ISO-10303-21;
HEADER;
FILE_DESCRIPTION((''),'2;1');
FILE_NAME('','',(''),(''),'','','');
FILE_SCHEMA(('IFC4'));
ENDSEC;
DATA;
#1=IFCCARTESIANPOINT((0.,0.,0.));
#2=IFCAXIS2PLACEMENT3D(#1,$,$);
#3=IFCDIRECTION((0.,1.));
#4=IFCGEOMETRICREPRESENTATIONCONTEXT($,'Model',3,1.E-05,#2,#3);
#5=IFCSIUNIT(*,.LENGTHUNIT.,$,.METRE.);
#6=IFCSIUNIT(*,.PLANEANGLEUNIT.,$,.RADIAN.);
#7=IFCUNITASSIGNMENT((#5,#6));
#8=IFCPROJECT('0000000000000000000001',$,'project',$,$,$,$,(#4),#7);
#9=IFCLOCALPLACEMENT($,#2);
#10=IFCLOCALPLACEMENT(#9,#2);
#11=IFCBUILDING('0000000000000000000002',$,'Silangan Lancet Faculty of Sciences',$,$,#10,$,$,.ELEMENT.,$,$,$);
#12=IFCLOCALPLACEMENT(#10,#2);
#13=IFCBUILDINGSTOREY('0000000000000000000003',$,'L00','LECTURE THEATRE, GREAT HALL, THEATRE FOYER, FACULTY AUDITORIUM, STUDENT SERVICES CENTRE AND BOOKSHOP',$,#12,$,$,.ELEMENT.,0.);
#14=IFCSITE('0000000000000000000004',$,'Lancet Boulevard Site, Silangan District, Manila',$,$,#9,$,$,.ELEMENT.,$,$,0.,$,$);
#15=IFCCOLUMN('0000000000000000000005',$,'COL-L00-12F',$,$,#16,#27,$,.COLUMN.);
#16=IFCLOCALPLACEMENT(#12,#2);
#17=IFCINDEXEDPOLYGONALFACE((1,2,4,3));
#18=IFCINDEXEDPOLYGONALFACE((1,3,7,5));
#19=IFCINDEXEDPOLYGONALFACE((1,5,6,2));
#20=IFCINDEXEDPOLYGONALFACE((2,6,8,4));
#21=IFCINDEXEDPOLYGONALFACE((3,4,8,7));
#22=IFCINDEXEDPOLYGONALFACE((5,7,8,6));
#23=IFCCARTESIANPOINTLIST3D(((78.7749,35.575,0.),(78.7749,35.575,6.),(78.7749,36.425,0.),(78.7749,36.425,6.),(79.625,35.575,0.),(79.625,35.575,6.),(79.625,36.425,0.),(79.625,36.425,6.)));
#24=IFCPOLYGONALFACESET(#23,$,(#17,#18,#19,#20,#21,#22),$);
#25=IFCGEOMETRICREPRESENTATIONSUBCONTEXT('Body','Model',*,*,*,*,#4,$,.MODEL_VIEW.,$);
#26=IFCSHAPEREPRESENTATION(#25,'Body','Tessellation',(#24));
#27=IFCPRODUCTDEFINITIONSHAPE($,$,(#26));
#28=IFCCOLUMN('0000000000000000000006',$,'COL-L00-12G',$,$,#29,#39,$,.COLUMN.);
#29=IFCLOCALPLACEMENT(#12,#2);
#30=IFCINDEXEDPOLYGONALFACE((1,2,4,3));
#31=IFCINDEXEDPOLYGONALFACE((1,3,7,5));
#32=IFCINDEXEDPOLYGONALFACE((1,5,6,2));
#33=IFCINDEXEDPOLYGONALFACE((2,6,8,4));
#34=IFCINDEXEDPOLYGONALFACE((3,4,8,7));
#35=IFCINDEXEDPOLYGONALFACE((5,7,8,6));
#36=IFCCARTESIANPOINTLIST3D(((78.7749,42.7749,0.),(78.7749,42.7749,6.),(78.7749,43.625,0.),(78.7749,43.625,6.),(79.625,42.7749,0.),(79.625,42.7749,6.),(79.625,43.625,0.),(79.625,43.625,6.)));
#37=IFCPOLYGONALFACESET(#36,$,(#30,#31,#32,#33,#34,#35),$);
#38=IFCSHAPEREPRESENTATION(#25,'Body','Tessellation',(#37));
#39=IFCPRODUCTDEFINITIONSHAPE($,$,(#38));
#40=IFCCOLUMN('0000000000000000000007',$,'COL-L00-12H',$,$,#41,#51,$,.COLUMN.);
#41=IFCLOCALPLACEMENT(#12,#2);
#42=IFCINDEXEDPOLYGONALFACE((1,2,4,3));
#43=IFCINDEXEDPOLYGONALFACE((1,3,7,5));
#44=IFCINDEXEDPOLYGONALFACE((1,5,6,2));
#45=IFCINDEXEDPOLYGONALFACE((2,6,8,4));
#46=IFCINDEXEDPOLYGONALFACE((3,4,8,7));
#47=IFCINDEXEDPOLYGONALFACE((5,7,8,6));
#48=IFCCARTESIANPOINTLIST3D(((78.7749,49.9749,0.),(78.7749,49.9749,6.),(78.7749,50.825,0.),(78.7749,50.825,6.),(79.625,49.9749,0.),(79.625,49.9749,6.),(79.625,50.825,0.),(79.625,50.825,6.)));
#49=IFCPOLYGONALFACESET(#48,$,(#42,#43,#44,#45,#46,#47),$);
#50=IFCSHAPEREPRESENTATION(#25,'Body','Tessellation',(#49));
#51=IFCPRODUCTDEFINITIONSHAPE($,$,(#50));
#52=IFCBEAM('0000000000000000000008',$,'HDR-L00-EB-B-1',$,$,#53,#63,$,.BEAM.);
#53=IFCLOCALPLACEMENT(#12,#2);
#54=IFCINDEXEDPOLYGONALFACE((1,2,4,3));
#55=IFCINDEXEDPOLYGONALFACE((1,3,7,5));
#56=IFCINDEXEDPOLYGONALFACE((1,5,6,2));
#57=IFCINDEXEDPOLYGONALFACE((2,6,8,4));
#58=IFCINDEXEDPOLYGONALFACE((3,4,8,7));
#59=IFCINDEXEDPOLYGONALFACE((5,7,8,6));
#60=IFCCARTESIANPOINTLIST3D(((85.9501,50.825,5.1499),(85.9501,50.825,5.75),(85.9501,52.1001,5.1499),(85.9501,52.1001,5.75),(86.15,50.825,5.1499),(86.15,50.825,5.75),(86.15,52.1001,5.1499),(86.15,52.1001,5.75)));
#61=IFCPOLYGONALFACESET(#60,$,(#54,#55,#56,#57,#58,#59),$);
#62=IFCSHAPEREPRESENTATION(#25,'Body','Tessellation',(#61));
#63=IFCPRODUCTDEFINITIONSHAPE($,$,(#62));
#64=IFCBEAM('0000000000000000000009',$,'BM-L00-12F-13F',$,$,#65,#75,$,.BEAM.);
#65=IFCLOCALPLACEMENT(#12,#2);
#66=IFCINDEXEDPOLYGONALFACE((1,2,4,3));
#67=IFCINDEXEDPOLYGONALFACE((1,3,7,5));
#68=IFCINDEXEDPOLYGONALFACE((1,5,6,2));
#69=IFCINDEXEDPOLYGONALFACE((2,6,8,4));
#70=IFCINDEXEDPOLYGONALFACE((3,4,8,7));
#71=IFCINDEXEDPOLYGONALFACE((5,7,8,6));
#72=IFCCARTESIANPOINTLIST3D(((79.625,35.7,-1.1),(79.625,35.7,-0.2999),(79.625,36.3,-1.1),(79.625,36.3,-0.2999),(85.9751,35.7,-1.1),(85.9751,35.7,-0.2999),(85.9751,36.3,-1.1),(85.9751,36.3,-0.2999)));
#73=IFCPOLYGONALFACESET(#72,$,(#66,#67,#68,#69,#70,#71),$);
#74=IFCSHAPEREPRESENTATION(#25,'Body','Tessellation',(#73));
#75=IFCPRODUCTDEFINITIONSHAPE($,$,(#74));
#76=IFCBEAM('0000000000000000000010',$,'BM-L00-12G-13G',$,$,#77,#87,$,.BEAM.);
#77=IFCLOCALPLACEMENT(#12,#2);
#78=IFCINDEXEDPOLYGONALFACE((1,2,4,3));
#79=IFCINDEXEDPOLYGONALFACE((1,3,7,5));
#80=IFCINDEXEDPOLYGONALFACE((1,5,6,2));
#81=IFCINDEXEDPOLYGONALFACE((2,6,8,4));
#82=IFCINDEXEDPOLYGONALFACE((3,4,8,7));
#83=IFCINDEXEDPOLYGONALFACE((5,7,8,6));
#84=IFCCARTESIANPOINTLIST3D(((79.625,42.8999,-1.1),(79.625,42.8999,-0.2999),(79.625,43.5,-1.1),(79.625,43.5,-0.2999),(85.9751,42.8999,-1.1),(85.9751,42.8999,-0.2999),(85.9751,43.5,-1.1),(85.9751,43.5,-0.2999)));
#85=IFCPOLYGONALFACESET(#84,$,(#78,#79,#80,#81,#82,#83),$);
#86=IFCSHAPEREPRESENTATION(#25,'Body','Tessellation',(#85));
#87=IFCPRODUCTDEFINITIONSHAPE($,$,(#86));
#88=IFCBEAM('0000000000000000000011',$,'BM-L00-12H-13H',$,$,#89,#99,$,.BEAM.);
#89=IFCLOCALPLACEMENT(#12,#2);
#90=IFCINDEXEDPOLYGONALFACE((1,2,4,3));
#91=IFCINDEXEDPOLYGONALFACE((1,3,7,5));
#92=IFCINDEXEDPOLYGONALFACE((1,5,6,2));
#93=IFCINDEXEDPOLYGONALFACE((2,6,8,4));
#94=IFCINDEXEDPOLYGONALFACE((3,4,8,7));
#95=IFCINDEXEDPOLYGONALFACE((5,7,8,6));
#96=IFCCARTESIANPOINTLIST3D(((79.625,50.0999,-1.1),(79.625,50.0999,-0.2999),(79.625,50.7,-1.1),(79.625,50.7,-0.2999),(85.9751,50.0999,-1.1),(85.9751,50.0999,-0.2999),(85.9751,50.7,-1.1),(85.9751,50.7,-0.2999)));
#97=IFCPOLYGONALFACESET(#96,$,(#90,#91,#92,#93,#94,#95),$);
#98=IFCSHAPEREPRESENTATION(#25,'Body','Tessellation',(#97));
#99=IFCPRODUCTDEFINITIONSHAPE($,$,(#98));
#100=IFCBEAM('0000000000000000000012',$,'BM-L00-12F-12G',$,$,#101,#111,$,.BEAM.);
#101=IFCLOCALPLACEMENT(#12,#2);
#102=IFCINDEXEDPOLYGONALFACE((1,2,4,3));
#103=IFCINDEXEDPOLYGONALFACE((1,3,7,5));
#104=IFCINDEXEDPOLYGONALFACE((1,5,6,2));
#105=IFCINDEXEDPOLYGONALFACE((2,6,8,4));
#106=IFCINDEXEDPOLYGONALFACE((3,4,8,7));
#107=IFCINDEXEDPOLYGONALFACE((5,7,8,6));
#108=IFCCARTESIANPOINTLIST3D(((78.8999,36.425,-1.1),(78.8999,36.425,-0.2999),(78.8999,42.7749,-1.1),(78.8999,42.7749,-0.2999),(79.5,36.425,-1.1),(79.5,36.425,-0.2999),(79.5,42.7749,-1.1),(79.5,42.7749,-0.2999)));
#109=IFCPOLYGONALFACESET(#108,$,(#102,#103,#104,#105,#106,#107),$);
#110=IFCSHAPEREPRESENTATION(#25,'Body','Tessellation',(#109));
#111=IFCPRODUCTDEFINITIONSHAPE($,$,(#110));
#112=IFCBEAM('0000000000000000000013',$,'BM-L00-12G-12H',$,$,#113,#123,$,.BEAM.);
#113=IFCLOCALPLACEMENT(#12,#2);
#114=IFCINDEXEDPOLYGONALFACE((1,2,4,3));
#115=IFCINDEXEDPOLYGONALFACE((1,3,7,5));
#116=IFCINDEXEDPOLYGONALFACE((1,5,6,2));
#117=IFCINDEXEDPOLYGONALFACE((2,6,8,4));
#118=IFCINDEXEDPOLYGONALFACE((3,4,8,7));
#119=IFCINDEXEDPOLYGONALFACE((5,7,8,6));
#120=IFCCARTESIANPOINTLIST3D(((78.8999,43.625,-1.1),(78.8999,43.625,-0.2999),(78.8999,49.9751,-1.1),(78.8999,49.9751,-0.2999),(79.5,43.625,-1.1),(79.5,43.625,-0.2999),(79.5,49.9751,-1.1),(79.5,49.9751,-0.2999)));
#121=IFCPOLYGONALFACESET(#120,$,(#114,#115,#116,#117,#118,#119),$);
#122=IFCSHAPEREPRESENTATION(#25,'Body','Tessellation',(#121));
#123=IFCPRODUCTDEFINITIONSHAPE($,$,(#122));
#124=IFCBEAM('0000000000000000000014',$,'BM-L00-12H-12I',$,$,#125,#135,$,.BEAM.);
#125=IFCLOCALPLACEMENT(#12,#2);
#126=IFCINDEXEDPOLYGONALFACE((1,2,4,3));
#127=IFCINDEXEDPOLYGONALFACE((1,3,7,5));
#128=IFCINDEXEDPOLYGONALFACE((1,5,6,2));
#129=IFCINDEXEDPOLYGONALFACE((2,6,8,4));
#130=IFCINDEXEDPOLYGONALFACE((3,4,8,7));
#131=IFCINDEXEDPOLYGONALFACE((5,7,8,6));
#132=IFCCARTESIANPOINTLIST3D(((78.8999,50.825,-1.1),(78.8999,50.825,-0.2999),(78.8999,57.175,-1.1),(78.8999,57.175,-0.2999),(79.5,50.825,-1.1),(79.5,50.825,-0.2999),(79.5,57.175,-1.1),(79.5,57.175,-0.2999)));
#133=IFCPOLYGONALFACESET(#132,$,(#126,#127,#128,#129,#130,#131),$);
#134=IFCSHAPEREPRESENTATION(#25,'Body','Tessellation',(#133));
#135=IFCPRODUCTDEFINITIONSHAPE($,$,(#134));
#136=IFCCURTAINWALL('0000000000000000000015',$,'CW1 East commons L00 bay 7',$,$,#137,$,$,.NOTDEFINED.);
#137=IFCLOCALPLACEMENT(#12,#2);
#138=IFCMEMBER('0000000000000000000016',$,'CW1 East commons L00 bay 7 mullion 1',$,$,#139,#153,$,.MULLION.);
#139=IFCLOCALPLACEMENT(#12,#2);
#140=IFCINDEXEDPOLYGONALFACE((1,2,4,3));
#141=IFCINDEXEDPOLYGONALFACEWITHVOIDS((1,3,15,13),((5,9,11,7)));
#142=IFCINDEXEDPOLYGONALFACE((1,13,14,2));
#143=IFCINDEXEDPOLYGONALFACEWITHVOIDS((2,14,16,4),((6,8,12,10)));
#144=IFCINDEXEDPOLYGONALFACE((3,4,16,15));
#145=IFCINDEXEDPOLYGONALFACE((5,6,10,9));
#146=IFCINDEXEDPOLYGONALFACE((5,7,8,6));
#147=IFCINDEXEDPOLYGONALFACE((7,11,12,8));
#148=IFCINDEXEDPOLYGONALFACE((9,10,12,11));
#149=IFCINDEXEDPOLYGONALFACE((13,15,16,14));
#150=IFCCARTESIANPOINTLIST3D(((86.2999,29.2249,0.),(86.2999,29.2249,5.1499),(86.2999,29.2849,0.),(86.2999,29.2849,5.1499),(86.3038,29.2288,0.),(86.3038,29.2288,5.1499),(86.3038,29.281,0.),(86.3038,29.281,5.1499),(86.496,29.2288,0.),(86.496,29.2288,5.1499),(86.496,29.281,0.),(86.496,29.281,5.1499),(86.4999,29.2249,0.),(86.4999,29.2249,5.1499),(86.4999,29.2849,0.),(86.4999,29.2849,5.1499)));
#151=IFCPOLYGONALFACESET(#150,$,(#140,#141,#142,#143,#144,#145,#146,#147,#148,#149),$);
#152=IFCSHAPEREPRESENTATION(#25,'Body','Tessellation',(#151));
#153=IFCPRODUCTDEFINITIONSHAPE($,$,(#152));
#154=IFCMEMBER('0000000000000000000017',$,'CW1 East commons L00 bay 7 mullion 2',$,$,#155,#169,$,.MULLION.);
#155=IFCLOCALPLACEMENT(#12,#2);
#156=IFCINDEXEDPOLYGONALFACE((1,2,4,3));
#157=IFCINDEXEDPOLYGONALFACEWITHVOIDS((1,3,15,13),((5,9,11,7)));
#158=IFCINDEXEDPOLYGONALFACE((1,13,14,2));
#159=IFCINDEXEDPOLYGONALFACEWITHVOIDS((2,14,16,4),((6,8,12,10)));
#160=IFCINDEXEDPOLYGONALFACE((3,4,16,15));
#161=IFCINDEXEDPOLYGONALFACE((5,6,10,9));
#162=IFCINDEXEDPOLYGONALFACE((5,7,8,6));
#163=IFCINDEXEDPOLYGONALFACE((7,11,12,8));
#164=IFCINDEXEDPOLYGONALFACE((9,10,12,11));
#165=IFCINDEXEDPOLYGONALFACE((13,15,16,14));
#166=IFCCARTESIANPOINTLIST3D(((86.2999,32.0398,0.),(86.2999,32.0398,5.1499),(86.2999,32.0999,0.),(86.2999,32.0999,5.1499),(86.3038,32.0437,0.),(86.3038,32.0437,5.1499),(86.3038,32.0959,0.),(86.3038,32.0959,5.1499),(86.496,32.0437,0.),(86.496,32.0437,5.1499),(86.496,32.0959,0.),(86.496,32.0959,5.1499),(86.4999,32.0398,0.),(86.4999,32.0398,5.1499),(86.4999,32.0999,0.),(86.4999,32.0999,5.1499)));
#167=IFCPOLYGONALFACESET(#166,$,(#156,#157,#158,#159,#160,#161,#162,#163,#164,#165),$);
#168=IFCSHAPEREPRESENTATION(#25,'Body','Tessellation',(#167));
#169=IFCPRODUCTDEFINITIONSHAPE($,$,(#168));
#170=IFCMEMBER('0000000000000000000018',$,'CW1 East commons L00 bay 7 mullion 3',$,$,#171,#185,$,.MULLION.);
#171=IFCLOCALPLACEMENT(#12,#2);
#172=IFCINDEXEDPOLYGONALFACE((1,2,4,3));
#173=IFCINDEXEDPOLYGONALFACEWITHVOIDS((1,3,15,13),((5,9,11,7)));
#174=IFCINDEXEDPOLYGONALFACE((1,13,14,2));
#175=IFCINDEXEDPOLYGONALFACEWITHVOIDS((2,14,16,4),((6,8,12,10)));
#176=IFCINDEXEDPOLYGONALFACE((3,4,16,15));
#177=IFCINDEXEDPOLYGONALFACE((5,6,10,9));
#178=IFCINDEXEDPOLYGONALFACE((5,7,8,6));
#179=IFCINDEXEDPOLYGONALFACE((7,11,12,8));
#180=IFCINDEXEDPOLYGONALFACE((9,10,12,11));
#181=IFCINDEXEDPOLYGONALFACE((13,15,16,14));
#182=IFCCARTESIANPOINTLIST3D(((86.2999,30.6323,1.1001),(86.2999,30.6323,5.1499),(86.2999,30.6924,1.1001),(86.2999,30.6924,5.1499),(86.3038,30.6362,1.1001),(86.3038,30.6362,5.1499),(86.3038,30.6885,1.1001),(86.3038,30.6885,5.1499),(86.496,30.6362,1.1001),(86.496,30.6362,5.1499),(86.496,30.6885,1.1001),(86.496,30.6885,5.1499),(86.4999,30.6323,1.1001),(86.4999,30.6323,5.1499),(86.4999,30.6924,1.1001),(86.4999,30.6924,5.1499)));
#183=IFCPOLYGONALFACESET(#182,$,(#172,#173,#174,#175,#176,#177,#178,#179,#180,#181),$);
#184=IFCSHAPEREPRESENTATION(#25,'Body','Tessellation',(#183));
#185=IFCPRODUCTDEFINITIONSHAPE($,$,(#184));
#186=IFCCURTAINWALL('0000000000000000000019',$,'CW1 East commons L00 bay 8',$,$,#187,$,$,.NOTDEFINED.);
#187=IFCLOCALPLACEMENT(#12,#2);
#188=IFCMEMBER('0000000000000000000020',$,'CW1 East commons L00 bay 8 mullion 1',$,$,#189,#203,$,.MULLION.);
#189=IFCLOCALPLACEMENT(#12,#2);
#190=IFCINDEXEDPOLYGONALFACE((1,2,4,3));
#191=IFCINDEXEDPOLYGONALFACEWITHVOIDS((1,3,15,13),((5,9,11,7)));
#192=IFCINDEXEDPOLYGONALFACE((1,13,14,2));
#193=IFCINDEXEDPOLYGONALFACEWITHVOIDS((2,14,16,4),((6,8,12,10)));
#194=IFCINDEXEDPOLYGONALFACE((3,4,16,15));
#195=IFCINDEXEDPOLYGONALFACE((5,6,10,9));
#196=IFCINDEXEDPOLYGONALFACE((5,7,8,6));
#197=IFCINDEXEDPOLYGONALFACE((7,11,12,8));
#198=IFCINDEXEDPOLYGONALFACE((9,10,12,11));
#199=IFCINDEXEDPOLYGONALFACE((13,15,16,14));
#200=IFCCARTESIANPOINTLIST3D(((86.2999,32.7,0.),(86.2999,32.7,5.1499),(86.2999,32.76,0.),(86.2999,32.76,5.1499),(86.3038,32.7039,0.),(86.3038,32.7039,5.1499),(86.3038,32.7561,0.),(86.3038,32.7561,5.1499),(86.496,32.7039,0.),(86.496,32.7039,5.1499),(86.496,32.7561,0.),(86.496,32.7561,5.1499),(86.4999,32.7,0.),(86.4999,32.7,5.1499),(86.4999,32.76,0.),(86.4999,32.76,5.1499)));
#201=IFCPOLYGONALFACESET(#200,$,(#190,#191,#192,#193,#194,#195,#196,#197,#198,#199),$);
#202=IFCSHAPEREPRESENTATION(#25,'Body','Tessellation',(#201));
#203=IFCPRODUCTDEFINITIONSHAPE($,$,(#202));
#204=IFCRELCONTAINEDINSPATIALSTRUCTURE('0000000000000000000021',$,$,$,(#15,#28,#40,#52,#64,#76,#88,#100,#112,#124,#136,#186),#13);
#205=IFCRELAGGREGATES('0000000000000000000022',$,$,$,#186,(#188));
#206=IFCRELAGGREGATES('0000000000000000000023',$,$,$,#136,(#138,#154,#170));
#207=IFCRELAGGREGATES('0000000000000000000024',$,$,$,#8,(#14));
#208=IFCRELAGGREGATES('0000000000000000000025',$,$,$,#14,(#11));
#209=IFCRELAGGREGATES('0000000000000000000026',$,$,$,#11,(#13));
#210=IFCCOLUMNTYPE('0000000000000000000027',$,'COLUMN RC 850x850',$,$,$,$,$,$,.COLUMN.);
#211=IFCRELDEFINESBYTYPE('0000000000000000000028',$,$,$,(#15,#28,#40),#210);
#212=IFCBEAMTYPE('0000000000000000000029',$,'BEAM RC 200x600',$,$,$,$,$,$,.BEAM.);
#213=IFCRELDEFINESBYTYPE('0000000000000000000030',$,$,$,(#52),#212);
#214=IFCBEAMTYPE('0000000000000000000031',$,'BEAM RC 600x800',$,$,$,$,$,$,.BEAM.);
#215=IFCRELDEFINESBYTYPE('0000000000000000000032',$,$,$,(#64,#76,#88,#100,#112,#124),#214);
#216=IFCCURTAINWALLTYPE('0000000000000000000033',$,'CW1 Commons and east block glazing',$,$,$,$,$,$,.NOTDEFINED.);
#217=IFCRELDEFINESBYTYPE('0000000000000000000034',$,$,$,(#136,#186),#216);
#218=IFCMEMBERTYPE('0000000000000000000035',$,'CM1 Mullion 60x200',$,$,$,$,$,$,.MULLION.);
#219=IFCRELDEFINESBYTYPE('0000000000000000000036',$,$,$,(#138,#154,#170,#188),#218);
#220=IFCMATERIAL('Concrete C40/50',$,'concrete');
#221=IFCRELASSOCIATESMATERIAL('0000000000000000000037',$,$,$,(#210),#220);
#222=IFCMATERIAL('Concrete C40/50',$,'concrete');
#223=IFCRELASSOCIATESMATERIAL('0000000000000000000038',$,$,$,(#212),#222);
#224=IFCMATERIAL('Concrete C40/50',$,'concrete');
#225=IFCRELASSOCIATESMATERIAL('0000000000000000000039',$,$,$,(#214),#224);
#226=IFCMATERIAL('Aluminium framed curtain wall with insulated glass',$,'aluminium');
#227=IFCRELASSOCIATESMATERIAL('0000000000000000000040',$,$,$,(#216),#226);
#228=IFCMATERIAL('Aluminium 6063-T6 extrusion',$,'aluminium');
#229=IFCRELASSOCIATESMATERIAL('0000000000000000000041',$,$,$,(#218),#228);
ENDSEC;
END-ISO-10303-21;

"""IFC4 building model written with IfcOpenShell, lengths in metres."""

from ifc_helpers import new_model, si_unit, direction, frame, origin, origin_2d, place, context, subcontext, project, spatial, rectangle, hollow_rectangle, extrude, material, material_profile, profile_set, type_object, element, aggregate, save


model = new_model("IFC4")

# Units and contexts
model_context = context("Model", 3, precision=1e-05, world=origin(), true_north=direction((0.0, 1.0)))
body_context = subcontext(model_context, "Body", "Model", "MODEL_VIEW")
ifc_project = project(units=[si_unit("LENGTHUNIT", "METRE"), si_unit("PLANEANGLEUNIT", "RADIAN")], contexts=[model_context])

# Site, building, storey
site_placement = place(None, origin())
site = spatial("IfcSite", under=ifc_project, at=site_placement, Name="Lancet Boulevard Site, Silangan District, Manila", CompositionType="ELEMENT", RefElevation=0.0)
building_placement = place(site_placement, origin())
building = spatial("IfcBuilding", under=site, at=building_placement, Name="Silangan Lancet Faculty of Sciences", CompositionType="ELEMENT")
storey_placement = place(building_placement, origin())
storey = spatial("IfcBuildingStorey", under=building, at=storey_placement, Name="L00", Description="LECTURE THEATRE, GREAT HALL, THEATRE FOYER, FACULTY AUDITORIUM, STUDENT SERVICES CENTRE AND BOOKSHOP", CompositionType="ELEMENT", Elevation=0.0)

# Columns
ifc_material_1 = material(Name="Concrete C40/50", Category="concrete")
ifc_material_profile_1 = material_profile(ifc_material_1, rectangle(XDim=0.8501, YDim=0.8501, at=origin_2d()), Name="RC 850x850")
ifc_profile_set_1 = profile_set([ifc_material_profile_1], Name="Concrete C40/50")
column_type = type_object("IfcColumnType", Name="COLUMN RC 850x850", PredefinedType="COLUMN", material=ifc_profile_set_1)
for number, where, z_axis, x_axis, name in (
    (1, (79.2, 36.0, 0.0), (0.0, 0.0, 1.0), (1.0, 0.0, 0.0), "COL-L00-12F"),
    (2, (79.2, 43.2, 0.0), (0.0, 0.0, 1.0), (1.0, 0.0, 0.0), "COL-L00-12G"),
    (3, (79.2, 50.3999, 0.0), (0.0, 0.0, 1.0), (1.0, 0.0, 0.0), "COL-L00-12H"),
):
    element("IfcColumn", number, at=place(storey_placement, frame(where, z_axis=z_axis, x_axis=x_axis)), inside=storey, type_object=column_type, Name=name, PredefinedType="COLUMN", context=body_context, shape_type="SweptSolid", body=[
        extrude(rectangle(XDim=0.8501, YDim=0.8501, at=origin_2d()), origin(), (0.0, 0.0, 1.0), 6.0),
    ])

# Beams
ifc_material_2 = material(Name="Concrete C40/50", Category="concrete")
ifc_material_profile_2 = material_profile(ifc_material_2, rectangle(XDim=0.2, YDim=0.6001, at=origin_2d()), Name="RC 200x600")
ifc_profile_set_2 = profile_set([ifc_material_profile_2], Name="Concrete C40/50")
beam_type_1 = type_object("IfcBeamType", Name="BEAM RC 200x600", PredefinedType="BEAM", material=ifc_profile_set_2)
beam_1_placement = place(storey_placement, frame((86.05, 50.825, 5.45), z_axis=(0.0, 1.0, 0.0), x_axis=(-1.0, 0.0, 0.0)))
element("IfcBeam", 4, at=beam_1_placement, inside=storey, type_object=beam_type_1, Name="HDR-L00-EB-B-1", PredefinedType="BEAM", context=body_context, shape_type="SweptSolid", body=[
    extrude(rectangle(XDim=0.2, YDim=0.6001, at=origin_2d()), origin(), (0.0, 0.0, 1.0), 1.2751),
])
ifc_material_3 = material(Name="Concrete C40/50", Category="concrete")
ifc_material_profile_3 = material_profile(ifc_material_3, rectangle(XDim=0.6001, YDim=0.8, at=origin_2d()), Name="RC 600x800")
ifc_profile_set_3 = profile_set([ifc_material_profile_3], Name="Concrete C40/50")
beam_type_2 = type_object("IfcBeamType", Name="BEAM RC 600x800", PredefinedType="BEAM", material=ifc_profile_set_3)
for number, where, z_axis, x_axis, name in (
    (5, (79.625, 36.0, -0.7), (1.0, 0.0, 0.0), (0.0, 1.0, 0.0), "BM-L00-12F-13F"),
    (6, (79.625, 43.2, -0.7), (1.0, 0.0, 0.0), (0.0, 1.0, 0.0), "BM-L00-12G-13G"),
    (7, (79.625, 50.3999, -0.7), (1.0, 0.0, 0.0), (0.0, 1.0, 0.0), "BM-L00-12H-13H"),
):
    element("IfcBeam", number, at=place(storey_placement, frame(where, z_axis=z_axis, x_axis=x_axis)), inside=storey, type_object=beam_type_2, Name=name, PredefinedType="BEAM", context=body_context, shape_type="SweptSolid", body=[
        extrude(rectangle(XDim=0.6001, YDim=0.8, at=origin_2d()), origin(), (0.0, 0.0, 1.0), 6.3501),
    ])
beam_2_placement = place(storey_placement, frame((79.2, 36.425, -0.7), z_axis=(0.0, 1.0, 0.0), x_axis=(-1.0, 0.0, 0.0)))
element("IfcBeam", 8, at=beam_2_placement, inside=storey, type_object=beam_type_2, Name="BM-L00-12F-12G", PredefinedType="BEAM", context=body_context, shape_type="SweptSolid", body=[
    extrude(rectangle(XDim=0.6001, YDim=0.8, at=origin_2d()), origin(), (0.0, 0.0, 1.0), 6.3499),
])
for number, where, z_axis, x_axis, name in (
    (9, (79.2, 43.625, -0.7), (0.0, 1.0, 0.0), (-1.0, 0.0, 0.0), "BM-L00-12G-12H"),
    (10, (79.2, 50.825, -0.7), (0.0, 1.0, 0.0), (-1.0, 0.0, 0.0), "BM-L00-12H-12I"),
):
    element("IfcBeam", number, at=place(storey_placement, frame(where, z_axis=z_axis, x_axis=x_axis)), inside=storey, type_object=beam_type_2, Name=name, PredefinedType="BEAM", context=body_context, shape_type="SweptSolid", body=[
        extrude(rectangle(XDim=0.6001, YDim=0.8, at=origin_2d()), origin(), (0.0, 0.0, 1.0), 6.3501),
    ])

# Curtain wall, members
ifc_material_4 = material(Name="Aluminium framed curtain wall with insulated glass", Category="aluminium")
curtain_wall_type = type_object("IfcCurtainWallType", Name="CW1 Commons and east block glazing", PredefinedType="NOTDEFINED", material=ifc_material_4)
curtain_wall_1_placement = place(storey_placement, origin())
curtain_wall_1 = element("IfcCurtainWall", 11, at=curtain_wall_1_placement, inside=storey, type_object=curtain_wall_type, Name="CW1 East commons L00 bay 7", PredefinedType="NOTDEFINED")
ifc_material_5 = material(Name="Aluminium 6063-T6 extrusion", Category="aluminium")
ifc_material_profile_4 = material_profile(ifc_material_5, hollow_rectangle(XDim=0.0601, YDim=0.2, WallThickness=0.0039, at=origin_2d()), Name="AL BOX 60x200x4")
ifc_profile_set_4 = profile_set([ifc_material_profile_4], Name="Aluminium 6063-T6 extrusion")
member_type_1 = type_object("IfcMemberType", Name="CM1 Mullion 60x200", PredefinedType="MULLION", material=ifc_profile_set_4)
member_1_placement = place(storey_placement, frame((86.3999, 29.2549, 0.0), z_axis=(0.0, 0.0, 1.0), x_axis=(0.0, 1.0, 0.0)))
member_1 = element("IfcMember", 12, at=member_1_placement, type_object=member_type_1, Name="CW1 East commons L00 bay 7 mullion 1", PredefinedType="MULLION", context=body_context, shape_type="SweptSolid", body=[
    extrude(hollow_rectangle(XDim=0.0601, YDim=0.2, WallThickness=0.0039, at=origin_2d()), origin(), (0.0, 0.0, 1.0), 5.1499),
])
member_2_placement = place(storey_placement, frame((86.3999, 32.0698, 0.0), z_axis=(0.0, 0.0, 1.0), x_axis=(0.0, 1.0, 0.0)))
member_2 = element("IfcMember", 13, at=member_2_placement, type_object=member_type_1, Name="CW1 East commons L00 bay 7 mullion 2", PredefinedType="MULLION", context=body_context, shape_type="SweptSolid", body=[
    extrude(hollow_rectangle(XDim=0.0601, YDim=0.2, WallThickness=0.0039, at=origin_2d()), origin(), (0.0, 0.0, 1.0), 5.1499),
])
member_3_placement = place(storey_placement, frame((86.3999, 30.6624, 1.1001), z_axis=(0.0, 0.0, 1.0), x_axis=(0.0, 1.0, 0.0)))
member_3 = element("IfcMember", 14, at=member_3_placement, type_object=member_type_1, Name="CW1 East commons L00 bay 7 mullion 3", PredefinedType="MULLION", context=body_context, shape_type="SweptSolid", body=[
    extrude(hollow_rectangle(XDim=0.0601, YDim=0.2, WallThickness=0.0039, at=origin_2d()), origin(), (0.0, 0.0, 1.0), 4.0498),
])

# Curtain wall, member
curtain_wall_2_placement = place(storey_placement, origin())
curtain_wall_2 = element("IfcCurtainWall", 15, at=curtain_wall_2_placement, inside=storey, type_object=curtain_wall_type, Name="CW1 East commons L00 bay 8", PredefinedType="NOTDEFINED")
member_4_placement = place(storey_placement, frame((86.3999, 32.73, 0.0), z_axis=(0.0, 0.0, 1.0), x_axis=(0.0, 1.0, 0.0)))
member_4 = element("IfcMember", 16, at=member_4_placement, type_object=member_type_1, Name="CW1 East commons L00 bay 8 mullion 1", PredefinedType="MULLION", context=body_context, shape_type="SweptSolid", body=[
    extrude(hollow_rectangle(XDim=0.0601, YDim=0.2, WallThickness=0.0039, at=origin_2d()), origin(), (0.0, 0.0, 1.0), 5.1499),
])

aggregate(curtain_wall_2, [member_4])

aggregate(curtain_wall_1, [member_1, member_2, member_3])

save(model, "model.ifc")
